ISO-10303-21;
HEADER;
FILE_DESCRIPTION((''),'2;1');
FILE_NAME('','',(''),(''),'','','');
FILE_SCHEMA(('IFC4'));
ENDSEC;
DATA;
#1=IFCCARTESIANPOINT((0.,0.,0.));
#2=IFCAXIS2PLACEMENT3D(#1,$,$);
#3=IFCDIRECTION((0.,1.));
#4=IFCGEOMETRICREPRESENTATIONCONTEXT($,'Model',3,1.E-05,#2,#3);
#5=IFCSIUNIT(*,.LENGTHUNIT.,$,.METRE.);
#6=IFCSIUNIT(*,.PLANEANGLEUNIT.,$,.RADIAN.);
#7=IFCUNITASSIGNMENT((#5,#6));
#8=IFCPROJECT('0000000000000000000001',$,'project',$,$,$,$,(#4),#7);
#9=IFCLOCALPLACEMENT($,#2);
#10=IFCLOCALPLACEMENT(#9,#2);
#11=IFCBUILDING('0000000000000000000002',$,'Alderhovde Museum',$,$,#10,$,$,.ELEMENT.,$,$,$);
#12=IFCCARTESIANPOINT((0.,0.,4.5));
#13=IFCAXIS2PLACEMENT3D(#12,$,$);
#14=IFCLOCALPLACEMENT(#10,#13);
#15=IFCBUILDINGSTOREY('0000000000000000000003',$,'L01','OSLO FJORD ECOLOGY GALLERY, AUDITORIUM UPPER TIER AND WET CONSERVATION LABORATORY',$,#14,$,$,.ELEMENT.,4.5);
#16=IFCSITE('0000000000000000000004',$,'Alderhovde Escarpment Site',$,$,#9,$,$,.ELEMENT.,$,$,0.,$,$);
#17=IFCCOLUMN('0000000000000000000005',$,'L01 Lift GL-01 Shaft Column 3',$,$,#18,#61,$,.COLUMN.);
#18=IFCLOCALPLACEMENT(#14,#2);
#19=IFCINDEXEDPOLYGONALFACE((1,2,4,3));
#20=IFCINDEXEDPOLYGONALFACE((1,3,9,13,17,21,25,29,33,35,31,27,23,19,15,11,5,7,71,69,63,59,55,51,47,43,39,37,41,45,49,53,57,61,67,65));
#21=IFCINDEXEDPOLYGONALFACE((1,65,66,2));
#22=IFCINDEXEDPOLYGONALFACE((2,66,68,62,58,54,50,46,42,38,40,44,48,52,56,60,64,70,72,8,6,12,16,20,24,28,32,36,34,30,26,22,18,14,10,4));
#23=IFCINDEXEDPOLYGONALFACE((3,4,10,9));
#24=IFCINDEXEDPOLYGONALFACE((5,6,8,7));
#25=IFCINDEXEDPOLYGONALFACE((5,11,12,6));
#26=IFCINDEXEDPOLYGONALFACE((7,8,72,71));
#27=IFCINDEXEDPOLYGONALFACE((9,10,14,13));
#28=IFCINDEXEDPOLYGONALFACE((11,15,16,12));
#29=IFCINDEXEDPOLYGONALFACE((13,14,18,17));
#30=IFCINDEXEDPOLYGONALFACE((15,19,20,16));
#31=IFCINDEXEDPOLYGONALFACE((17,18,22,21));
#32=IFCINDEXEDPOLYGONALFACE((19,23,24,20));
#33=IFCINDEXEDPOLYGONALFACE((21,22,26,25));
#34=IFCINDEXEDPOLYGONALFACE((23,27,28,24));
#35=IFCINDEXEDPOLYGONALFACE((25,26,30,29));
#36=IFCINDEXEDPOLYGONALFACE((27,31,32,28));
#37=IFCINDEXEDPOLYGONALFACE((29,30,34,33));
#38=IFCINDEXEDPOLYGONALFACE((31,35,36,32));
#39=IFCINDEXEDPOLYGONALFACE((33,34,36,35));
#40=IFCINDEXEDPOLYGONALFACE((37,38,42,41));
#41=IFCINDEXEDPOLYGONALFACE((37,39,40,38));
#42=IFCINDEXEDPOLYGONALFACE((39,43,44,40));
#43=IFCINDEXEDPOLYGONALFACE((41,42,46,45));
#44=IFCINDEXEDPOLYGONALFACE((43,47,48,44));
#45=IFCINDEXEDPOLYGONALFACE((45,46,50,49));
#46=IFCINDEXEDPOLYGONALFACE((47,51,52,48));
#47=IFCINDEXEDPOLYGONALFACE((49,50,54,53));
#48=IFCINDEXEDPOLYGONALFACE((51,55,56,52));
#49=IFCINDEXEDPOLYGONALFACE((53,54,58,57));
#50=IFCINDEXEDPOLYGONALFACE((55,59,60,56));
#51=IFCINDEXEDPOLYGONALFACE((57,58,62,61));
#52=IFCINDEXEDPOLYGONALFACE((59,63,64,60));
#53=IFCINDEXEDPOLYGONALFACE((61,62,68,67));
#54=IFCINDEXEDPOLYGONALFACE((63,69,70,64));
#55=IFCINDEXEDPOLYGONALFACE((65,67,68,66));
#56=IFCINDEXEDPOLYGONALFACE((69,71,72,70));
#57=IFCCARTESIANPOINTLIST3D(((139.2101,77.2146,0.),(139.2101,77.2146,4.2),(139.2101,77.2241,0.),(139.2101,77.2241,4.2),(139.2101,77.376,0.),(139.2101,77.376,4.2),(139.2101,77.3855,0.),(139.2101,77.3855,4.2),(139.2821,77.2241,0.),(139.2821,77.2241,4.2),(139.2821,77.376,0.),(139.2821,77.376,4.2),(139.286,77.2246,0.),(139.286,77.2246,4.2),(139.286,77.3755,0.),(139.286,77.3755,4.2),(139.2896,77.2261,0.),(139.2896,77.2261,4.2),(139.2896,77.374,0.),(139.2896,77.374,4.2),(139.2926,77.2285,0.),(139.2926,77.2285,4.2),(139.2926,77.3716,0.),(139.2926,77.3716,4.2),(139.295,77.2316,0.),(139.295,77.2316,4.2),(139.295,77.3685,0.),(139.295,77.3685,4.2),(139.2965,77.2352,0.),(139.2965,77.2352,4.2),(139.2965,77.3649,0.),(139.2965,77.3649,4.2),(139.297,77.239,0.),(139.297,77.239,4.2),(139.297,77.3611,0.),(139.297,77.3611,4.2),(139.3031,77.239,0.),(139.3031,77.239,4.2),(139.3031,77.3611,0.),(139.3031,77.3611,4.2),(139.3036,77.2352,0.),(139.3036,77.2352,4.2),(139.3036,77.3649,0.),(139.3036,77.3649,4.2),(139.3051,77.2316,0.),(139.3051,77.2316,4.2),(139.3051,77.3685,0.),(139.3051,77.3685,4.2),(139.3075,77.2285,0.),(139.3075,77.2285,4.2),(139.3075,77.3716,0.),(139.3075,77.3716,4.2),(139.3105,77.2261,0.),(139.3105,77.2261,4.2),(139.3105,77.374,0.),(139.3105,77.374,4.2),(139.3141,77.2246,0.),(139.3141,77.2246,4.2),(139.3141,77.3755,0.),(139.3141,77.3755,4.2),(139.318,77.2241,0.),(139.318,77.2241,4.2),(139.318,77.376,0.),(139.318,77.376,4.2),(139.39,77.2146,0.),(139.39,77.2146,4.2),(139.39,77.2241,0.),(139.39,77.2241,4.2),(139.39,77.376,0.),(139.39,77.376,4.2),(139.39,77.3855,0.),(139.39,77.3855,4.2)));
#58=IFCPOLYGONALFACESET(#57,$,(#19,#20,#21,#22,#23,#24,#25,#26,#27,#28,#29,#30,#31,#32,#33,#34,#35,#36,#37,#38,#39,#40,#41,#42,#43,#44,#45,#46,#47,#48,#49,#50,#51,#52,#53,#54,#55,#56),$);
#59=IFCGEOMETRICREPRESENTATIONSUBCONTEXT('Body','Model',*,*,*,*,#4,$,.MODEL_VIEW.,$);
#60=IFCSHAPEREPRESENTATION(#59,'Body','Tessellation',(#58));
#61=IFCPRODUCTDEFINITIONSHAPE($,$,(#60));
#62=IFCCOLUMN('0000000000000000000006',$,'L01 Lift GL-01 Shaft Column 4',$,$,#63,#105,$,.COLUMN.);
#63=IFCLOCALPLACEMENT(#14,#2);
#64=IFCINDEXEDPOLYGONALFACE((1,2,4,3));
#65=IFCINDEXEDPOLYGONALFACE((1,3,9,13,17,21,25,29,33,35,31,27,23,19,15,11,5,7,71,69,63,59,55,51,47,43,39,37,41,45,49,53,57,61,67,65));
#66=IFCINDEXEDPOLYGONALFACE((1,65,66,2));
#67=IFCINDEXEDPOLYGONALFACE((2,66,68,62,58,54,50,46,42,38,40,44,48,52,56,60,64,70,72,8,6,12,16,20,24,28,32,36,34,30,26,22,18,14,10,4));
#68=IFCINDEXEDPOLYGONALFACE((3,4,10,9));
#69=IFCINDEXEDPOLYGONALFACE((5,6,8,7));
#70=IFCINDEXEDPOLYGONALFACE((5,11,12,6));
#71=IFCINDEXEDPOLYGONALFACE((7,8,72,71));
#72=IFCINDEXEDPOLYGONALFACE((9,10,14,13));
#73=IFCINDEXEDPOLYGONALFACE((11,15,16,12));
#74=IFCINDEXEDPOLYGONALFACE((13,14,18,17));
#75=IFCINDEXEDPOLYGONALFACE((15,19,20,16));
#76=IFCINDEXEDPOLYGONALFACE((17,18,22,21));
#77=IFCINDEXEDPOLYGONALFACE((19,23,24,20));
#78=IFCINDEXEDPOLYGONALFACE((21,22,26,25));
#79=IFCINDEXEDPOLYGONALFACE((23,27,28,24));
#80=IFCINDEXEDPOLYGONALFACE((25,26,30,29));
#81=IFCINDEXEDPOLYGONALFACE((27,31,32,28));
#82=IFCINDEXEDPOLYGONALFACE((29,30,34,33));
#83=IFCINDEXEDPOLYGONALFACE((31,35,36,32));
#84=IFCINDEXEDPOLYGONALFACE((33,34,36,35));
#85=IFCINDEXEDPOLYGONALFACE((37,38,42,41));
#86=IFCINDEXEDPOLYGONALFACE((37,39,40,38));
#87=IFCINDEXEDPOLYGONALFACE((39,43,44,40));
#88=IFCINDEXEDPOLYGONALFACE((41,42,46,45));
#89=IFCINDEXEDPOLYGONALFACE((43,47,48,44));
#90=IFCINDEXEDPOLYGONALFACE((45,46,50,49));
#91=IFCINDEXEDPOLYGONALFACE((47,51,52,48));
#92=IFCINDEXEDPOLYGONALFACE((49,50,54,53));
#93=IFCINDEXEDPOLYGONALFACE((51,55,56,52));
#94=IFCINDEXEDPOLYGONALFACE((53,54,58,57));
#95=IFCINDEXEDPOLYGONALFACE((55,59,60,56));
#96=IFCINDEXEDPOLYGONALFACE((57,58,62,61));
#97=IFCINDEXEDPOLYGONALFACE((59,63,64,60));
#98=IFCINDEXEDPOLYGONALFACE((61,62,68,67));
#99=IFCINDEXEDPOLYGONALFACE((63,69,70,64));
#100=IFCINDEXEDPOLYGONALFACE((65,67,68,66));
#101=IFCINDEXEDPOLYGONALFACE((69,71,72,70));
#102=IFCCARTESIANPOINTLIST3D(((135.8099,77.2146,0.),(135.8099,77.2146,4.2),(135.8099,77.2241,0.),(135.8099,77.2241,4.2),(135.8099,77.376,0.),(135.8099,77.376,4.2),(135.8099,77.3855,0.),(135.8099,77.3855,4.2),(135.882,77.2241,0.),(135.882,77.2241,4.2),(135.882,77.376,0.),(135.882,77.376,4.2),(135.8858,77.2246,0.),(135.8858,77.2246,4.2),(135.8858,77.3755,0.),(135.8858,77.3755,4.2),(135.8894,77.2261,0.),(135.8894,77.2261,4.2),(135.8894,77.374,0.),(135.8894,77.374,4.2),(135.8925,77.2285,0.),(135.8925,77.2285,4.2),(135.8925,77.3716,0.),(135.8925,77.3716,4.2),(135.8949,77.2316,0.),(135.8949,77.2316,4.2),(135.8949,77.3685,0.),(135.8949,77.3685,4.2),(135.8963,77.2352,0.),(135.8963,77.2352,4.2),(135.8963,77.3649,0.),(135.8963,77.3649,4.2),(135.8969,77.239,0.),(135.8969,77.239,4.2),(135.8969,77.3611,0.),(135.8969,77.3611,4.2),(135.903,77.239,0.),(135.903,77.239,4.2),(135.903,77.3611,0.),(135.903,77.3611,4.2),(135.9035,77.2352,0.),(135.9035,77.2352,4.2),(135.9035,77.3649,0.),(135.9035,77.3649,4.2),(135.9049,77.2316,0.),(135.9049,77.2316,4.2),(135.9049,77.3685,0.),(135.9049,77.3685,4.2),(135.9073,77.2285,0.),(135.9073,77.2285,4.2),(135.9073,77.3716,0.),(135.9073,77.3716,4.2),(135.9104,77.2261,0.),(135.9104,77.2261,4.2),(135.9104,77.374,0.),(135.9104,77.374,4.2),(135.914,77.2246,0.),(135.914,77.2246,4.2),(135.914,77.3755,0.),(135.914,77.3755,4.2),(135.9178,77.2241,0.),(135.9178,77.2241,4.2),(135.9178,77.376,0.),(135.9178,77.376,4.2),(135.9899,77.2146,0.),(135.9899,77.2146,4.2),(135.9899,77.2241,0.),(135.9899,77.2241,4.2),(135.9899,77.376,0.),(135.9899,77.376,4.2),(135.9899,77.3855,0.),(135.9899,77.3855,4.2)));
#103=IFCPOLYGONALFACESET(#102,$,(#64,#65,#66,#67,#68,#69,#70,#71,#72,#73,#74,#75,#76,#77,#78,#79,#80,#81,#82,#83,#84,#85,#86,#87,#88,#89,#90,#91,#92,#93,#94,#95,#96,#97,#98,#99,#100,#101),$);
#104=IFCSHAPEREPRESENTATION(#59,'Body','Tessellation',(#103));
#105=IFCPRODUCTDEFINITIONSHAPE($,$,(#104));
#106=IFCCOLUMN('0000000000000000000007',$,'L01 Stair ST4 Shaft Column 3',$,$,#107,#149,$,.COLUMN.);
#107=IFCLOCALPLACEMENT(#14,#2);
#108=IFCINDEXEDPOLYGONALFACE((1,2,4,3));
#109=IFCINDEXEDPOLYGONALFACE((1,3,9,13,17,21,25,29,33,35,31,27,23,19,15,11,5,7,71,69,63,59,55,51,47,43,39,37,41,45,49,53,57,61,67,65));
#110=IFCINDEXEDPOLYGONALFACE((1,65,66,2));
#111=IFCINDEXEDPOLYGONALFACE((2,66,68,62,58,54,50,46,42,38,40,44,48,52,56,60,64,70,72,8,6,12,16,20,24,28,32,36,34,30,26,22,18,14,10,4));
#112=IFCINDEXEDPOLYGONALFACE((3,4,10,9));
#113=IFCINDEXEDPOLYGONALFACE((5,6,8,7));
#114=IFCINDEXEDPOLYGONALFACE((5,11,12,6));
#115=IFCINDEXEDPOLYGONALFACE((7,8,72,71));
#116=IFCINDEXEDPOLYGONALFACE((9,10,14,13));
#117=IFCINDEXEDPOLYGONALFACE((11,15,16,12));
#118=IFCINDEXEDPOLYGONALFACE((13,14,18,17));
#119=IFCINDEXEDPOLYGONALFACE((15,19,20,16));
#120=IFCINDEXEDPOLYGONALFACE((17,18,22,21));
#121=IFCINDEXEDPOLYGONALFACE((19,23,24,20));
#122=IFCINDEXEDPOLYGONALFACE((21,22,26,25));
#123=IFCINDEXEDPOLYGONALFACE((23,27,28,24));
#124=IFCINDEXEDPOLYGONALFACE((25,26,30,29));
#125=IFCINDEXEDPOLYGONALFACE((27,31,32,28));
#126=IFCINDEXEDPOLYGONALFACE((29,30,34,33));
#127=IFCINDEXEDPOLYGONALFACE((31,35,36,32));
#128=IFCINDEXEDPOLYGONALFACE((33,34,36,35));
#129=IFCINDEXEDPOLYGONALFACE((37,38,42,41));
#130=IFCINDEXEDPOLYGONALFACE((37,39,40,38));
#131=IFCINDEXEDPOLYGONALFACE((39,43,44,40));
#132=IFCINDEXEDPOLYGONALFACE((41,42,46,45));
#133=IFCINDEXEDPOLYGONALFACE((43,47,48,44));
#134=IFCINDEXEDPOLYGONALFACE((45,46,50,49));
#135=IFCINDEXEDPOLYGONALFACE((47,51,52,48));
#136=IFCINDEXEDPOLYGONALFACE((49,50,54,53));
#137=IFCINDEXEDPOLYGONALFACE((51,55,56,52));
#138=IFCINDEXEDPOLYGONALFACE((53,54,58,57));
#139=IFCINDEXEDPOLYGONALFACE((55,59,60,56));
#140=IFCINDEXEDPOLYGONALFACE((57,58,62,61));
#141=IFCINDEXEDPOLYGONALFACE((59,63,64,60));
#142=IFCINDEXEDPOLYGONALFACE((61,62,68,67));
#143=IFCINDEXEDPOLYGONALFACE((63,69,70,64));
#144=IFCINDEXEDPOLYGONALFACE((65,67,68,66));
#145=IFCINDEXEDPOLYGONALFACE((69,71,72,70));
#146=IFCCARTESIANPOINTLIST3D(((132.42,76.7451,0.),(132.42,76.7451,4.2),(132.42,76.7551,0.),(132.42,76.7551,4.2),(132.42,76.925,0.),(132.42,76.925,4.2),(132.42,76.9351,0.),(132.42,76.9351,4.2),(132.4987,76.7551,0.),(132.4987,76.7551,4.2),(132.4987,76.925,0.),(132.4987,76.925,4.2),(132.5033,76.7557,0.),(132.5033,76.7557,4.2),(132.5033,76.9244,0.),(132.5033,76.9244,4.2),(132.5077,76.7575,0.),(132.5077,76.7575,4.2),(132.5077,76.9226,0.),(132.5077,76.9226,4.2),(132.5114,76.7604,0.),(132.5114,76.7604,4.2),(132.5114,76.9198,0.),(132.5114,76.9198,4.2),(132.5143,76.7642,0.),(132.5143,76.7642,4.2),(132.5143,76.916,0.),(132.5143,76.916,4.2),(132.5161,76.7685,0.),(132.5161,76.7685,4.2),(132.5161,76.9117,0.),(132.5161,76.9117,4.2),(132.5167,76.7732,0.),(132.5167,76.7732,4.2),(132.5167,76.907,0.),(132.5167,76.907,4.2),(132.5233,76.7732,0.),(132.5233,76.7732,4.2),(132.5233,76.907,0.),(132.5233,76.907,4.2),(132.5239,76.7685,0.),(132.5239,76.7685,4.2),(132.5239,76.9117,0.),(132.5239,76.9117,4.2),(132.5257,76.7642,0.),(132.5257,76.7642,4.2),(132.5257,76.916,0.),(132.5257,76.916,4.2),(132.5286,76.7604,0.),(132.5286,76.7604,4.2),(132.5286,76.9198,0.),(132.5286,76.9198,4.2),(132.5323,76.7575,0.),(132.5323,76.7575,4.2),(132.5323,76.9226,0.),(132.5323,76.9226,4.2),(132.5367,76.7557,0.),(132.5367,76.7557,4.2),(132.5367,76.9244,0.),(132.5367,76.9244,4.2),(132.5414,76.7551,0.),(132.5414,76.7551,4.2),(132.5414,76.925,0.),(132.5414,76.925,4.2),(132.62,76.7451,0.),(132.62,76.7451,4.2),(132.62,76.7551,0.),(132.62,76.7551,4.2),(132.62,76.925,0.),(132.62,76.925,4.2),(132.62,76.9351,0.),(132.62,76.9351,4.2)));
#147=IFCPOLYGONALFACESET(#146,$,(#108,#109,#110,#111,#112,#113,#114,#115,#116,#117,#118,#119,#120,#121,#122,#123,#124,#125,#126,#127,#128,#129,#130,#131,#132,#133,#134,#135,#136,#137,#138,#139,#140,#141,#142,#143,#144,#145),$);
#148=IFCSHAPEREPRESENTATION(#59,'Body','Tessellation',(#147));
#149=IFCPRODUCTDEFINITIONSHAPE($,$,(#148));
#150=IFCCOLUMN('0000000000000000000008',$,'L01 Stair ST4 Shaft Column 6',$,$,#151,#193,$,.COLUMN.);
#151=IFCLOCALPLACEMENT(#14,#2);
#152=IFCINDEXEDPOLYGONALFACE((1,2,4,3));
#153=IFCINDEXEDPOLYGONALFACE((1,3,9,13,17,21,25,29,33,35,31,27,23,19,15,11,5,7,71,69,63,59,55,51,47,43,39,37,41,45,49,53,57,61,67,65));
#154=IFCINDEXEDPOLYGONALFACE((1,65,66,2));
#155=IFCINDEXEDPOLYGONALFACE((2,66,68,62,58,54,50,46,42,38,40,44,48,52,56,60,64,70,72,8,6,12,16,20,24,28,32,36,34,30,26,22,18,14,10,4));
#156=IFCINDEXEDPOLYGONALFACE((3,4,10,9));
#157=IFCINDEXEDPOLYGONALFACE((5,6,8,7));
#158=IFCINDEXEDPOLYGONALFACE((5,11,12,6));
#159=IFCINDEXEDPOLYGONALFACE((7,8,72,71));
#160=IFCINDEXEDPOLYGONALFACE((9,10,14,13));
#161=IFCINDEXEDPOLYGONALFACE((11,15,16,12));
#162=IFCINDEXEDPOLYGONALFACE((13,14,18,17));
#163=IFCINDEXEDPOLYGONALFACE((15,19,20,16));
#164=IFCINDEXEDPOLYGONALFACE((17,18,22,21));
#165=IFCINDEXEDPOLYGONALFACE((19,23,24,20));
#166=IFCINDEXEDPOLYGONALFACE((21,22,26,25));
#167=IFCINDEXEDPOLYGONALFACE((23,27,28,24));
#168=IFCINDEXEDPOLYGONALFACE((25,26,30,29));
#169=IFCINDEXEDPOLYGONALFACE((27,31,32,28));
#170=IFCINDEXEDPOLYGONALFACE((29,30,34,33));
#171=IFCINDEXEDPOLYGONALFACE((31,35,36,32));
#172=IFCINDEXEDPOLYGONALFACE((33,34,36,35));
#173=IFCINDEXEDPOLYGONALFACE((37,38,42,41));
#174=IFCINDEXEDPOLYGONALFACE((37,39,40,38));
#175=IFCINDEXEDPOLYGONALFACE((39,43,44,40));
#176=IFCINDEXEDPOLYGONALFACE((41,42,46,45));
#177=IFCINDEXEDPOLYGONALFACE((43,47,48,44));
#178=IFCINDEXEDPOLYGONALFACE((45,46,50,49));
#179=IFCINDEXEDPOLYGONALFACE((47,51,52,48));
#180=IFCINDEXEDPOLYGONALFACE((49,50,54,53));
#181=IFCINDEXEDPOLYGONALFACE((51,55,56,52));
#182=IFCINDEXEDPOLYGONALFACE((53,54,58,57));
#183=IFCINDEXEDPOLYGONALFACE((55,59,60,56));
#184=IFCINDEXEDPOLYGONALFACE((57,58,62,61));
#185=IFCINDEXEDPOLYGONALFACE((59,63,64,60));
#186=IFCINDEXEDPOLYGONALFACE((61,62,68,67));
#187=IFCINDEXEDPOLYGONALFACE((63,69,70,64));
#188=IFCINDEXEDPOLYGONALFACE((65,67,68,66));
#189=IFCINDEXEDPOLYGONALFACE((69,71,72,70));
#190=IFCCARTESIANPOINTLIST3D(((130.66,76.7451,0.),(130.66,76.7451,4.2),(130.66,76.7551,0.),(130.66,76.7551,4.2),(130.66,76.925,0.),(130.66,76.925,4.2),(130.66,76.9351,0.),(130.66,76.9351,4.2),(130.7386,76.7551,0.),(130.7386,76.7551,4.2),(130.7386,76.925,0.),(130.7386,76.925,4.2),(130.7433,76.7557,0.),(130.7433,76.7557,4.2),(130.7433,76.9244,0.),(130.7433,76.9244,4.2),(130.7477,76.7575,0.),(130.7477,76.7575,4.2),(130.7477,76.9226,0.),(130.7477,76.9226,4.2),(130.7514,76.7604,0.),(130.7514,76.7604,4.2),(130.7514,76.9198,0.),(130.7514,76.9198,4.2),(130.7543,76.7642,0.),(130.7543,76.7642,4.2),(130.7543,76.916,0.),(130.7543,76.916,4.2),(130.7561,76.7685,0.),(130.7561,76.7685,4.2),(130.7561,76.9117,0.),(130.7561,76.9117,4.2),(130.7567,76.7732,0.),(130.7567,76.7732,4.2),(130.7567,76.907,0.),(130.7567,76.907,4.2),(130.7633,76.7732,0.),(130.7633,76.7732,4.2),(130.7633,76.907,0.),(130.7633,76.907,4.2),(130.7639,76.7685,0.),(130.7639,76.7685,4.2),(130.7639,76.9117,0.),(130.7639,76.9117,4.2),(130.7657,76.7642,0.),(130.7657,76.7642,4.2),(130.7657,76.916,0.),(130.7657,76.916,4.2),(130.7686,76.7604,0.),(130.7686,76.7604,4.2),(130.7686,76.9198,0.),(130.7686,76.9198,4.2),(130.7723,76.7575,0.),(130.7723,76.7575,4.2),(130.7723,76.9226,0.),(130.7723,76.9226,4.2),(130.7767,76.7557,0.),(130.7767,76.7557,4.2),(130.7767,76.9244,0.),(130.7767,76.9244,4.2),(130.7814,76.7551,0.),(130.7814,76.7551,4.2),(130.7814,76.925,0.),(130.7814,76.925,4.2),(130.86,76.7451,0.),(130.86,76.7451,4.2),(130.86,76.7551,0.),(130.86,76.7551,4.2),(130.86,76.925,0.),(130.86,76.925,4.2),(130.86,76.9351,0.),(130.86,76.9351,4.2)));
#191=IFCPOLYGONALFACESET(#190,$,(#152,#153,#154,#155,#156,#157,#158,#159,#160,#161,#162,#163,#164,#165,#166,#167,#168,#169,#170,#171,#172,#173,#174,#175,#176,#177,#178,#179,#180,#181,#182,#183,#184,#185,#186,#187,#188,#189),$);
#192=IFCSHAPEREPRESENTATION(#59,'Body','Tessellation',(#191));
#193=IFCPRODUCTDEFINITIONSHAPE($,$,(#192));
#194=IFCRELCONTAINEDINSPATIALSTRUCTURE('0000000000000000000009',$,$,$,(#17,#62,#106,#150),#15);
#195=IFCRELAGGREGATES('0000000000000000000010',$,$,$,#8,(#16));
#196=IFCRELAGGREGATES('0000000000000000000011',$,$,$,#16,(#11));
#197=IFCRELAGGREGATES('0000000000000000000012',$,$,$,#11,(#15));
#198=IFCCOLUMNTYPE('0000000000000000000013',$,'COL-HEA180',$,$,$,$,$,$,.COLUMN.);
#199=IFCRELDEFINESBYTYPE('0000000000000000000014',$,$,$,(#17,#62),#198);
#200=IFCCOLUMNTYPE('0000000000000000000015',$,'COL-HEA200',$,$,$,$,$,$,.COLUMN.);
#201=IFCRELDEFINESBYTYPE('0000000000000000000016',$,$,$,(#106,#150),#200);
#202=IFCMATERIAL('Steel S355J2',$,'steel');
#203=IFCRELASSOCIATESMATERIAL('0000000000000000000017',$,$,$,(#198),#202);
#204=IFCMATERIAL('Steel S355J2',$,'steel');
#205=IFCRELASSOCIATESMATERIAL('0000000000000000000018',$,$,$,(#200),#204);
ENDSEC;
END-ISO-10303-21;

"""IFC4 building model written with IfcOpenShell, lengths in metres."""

from ifc_helpers import new_model, si_unit, direction, frame, origin, origin_2d, place, context, subcontext, project, spatial, i_section, extrude, material, material_profile, profile_set, type_object, element, save


model = new_model("IFC4")

# Units and contexts
model_context = context("Model", 3, precision=1e-05, world=origin(), true_north=direction((0.0, 1.0)))
body_context = subcontext(model_context, "Body", "Model", "MODEL_VIEW")
ifc_project = project(units=[si_unit("LENGTHUNIT", "METRE"), si_unit("PLANEANGLEUNIT", "RADIAN")], contexts=[model_context])

# Site, building, storey
site_placement = place(None, origin())
site = spatial("IfcSite", under=ifc_project, at=site_placement, Name="Alderhovde Escarpment Site", CompositionType="ELEMENT", RefElevation=0.0)
building_placement = place(site_placement, origin())
building = spatial("IfcBuilding", under=site, at=building_placement, Name="Alderhovde Museum", CompositionType="ELEMENT")
storey_placement = place(building_placement, frame((0.0, 0.0, 4.5)))
storey = spatial("IfcBuildingStorey", under=building, at=storey_placement, Name="L01", Description="OSLO FJORD ECOLOGY GALLERY, AUDITORIUM UPPER TIER AND WET CONSERVATION LABORATORY", CompositionType="ELEMENT", Elevation=4.5)

# Columns
ifc_material_1 = material(Name="Steel S355J2", Category="steel")
ifc_material_profile_1 = material_profile(ifc_material_1, i_section(OverallWidth=0.1799, OverallDepth=0.1709, WebThickness=0.0061, FlangeThickness=0.0095, FilletRadius=0.0149, at=origin_2d()), Name="HEA 180")
ifc_profile_set_1 = profile_set([ifc_material_profile_1], Name="Steel S355J2")
column_type_1 = type_object("IfcColumnType", Name="COL-HEA180", PredefinedType="COLUMN", material=ifc_profile_set_1)
for number, where, z_axis, x_axis, name in (
    (1, (139.3, 77.3, 0.0), (0.0, 0.0, 1.0), (1.0, 0.0, 0.0), "L01 Lift GL-01 Shaft Column 3"),
    (2, (135.8999, 77.3, 0.0), (0.0, 0.0, 1.0), (1.0, 0.0, 0.0), "L01 Lift GL-01 Shaft Column 4"),
):
    element("IfcColumn", number, at=place(storey_placement, frame(where, z_axis=z_axis, x_axis=x_axis)), inside=storey, type_object=column_type_1, Name=name, PredefinedType="COLUMN", context=body_context, shape_type="SweptSolid", body=[
        extrude(i_section(OverallWidth=0.1799, OverallDepth=0.1709, WebThickness=0.0061, FlangeThickness=0.0095, FilletRadius=0.0149, at=origin_2d()), origin(), (0.0, 0.0, 1.0), 4.2),
    ])
ifc_material_2 = material(Name="Steel S355J2", Category="steel")
ifc_material_profile_2 = material_profile(ifc_material_2, i_section(OverallWidth=0.2, OverallDepth=0.1899, WebThickness=0.0066, FlangeThickness=0.01, FilletRadius=0.0181, at=origin_2d()), Name="HEA 200")
ifc_profile_set_2 = profile_set([ifc_material_profile_2], Name="Steel S355J2")
column_type_2 = type_object("IfcColumnType", Name="COL-HEA200", PredefinedType="COLUMN", material=ifc_profile_set_2)
for number, where, z_axis, x_axis, name in (
    (3, (132.52, 76.8401, 0.0), (0.0, 0.0, 1.0), (1.0, 0.0, 0.0), "L01 Stair ST4 Shaft Column 3"),
    (4, (130.76, 76.8401, 0.0), (0.0, 0.0, 1.0), (1.0, 0.0, 0.0), "L01 Stair ST4 Shaft Column 6"),
):
    element("IfcColumn", number, at=place(storey_placement, frame(where, z_axis=z_axis, x_axis=x_axis)), inside=storey, type_object=column_type_2, Name=name, PredefinedType="COLUMN", context=body_context, shape_type="SweptSolid", body=[
        extrude(i_section(OverallWidth=0.2, OverallDepth=0.1899, WebThickness=0.0066, FlangeThickness=0.01, FilletRadius=0.0181, at=origin_2d()), origin(), (0.0, 0.0, 1.0), 4.2),
    ])

save(model, "model.ifc")
